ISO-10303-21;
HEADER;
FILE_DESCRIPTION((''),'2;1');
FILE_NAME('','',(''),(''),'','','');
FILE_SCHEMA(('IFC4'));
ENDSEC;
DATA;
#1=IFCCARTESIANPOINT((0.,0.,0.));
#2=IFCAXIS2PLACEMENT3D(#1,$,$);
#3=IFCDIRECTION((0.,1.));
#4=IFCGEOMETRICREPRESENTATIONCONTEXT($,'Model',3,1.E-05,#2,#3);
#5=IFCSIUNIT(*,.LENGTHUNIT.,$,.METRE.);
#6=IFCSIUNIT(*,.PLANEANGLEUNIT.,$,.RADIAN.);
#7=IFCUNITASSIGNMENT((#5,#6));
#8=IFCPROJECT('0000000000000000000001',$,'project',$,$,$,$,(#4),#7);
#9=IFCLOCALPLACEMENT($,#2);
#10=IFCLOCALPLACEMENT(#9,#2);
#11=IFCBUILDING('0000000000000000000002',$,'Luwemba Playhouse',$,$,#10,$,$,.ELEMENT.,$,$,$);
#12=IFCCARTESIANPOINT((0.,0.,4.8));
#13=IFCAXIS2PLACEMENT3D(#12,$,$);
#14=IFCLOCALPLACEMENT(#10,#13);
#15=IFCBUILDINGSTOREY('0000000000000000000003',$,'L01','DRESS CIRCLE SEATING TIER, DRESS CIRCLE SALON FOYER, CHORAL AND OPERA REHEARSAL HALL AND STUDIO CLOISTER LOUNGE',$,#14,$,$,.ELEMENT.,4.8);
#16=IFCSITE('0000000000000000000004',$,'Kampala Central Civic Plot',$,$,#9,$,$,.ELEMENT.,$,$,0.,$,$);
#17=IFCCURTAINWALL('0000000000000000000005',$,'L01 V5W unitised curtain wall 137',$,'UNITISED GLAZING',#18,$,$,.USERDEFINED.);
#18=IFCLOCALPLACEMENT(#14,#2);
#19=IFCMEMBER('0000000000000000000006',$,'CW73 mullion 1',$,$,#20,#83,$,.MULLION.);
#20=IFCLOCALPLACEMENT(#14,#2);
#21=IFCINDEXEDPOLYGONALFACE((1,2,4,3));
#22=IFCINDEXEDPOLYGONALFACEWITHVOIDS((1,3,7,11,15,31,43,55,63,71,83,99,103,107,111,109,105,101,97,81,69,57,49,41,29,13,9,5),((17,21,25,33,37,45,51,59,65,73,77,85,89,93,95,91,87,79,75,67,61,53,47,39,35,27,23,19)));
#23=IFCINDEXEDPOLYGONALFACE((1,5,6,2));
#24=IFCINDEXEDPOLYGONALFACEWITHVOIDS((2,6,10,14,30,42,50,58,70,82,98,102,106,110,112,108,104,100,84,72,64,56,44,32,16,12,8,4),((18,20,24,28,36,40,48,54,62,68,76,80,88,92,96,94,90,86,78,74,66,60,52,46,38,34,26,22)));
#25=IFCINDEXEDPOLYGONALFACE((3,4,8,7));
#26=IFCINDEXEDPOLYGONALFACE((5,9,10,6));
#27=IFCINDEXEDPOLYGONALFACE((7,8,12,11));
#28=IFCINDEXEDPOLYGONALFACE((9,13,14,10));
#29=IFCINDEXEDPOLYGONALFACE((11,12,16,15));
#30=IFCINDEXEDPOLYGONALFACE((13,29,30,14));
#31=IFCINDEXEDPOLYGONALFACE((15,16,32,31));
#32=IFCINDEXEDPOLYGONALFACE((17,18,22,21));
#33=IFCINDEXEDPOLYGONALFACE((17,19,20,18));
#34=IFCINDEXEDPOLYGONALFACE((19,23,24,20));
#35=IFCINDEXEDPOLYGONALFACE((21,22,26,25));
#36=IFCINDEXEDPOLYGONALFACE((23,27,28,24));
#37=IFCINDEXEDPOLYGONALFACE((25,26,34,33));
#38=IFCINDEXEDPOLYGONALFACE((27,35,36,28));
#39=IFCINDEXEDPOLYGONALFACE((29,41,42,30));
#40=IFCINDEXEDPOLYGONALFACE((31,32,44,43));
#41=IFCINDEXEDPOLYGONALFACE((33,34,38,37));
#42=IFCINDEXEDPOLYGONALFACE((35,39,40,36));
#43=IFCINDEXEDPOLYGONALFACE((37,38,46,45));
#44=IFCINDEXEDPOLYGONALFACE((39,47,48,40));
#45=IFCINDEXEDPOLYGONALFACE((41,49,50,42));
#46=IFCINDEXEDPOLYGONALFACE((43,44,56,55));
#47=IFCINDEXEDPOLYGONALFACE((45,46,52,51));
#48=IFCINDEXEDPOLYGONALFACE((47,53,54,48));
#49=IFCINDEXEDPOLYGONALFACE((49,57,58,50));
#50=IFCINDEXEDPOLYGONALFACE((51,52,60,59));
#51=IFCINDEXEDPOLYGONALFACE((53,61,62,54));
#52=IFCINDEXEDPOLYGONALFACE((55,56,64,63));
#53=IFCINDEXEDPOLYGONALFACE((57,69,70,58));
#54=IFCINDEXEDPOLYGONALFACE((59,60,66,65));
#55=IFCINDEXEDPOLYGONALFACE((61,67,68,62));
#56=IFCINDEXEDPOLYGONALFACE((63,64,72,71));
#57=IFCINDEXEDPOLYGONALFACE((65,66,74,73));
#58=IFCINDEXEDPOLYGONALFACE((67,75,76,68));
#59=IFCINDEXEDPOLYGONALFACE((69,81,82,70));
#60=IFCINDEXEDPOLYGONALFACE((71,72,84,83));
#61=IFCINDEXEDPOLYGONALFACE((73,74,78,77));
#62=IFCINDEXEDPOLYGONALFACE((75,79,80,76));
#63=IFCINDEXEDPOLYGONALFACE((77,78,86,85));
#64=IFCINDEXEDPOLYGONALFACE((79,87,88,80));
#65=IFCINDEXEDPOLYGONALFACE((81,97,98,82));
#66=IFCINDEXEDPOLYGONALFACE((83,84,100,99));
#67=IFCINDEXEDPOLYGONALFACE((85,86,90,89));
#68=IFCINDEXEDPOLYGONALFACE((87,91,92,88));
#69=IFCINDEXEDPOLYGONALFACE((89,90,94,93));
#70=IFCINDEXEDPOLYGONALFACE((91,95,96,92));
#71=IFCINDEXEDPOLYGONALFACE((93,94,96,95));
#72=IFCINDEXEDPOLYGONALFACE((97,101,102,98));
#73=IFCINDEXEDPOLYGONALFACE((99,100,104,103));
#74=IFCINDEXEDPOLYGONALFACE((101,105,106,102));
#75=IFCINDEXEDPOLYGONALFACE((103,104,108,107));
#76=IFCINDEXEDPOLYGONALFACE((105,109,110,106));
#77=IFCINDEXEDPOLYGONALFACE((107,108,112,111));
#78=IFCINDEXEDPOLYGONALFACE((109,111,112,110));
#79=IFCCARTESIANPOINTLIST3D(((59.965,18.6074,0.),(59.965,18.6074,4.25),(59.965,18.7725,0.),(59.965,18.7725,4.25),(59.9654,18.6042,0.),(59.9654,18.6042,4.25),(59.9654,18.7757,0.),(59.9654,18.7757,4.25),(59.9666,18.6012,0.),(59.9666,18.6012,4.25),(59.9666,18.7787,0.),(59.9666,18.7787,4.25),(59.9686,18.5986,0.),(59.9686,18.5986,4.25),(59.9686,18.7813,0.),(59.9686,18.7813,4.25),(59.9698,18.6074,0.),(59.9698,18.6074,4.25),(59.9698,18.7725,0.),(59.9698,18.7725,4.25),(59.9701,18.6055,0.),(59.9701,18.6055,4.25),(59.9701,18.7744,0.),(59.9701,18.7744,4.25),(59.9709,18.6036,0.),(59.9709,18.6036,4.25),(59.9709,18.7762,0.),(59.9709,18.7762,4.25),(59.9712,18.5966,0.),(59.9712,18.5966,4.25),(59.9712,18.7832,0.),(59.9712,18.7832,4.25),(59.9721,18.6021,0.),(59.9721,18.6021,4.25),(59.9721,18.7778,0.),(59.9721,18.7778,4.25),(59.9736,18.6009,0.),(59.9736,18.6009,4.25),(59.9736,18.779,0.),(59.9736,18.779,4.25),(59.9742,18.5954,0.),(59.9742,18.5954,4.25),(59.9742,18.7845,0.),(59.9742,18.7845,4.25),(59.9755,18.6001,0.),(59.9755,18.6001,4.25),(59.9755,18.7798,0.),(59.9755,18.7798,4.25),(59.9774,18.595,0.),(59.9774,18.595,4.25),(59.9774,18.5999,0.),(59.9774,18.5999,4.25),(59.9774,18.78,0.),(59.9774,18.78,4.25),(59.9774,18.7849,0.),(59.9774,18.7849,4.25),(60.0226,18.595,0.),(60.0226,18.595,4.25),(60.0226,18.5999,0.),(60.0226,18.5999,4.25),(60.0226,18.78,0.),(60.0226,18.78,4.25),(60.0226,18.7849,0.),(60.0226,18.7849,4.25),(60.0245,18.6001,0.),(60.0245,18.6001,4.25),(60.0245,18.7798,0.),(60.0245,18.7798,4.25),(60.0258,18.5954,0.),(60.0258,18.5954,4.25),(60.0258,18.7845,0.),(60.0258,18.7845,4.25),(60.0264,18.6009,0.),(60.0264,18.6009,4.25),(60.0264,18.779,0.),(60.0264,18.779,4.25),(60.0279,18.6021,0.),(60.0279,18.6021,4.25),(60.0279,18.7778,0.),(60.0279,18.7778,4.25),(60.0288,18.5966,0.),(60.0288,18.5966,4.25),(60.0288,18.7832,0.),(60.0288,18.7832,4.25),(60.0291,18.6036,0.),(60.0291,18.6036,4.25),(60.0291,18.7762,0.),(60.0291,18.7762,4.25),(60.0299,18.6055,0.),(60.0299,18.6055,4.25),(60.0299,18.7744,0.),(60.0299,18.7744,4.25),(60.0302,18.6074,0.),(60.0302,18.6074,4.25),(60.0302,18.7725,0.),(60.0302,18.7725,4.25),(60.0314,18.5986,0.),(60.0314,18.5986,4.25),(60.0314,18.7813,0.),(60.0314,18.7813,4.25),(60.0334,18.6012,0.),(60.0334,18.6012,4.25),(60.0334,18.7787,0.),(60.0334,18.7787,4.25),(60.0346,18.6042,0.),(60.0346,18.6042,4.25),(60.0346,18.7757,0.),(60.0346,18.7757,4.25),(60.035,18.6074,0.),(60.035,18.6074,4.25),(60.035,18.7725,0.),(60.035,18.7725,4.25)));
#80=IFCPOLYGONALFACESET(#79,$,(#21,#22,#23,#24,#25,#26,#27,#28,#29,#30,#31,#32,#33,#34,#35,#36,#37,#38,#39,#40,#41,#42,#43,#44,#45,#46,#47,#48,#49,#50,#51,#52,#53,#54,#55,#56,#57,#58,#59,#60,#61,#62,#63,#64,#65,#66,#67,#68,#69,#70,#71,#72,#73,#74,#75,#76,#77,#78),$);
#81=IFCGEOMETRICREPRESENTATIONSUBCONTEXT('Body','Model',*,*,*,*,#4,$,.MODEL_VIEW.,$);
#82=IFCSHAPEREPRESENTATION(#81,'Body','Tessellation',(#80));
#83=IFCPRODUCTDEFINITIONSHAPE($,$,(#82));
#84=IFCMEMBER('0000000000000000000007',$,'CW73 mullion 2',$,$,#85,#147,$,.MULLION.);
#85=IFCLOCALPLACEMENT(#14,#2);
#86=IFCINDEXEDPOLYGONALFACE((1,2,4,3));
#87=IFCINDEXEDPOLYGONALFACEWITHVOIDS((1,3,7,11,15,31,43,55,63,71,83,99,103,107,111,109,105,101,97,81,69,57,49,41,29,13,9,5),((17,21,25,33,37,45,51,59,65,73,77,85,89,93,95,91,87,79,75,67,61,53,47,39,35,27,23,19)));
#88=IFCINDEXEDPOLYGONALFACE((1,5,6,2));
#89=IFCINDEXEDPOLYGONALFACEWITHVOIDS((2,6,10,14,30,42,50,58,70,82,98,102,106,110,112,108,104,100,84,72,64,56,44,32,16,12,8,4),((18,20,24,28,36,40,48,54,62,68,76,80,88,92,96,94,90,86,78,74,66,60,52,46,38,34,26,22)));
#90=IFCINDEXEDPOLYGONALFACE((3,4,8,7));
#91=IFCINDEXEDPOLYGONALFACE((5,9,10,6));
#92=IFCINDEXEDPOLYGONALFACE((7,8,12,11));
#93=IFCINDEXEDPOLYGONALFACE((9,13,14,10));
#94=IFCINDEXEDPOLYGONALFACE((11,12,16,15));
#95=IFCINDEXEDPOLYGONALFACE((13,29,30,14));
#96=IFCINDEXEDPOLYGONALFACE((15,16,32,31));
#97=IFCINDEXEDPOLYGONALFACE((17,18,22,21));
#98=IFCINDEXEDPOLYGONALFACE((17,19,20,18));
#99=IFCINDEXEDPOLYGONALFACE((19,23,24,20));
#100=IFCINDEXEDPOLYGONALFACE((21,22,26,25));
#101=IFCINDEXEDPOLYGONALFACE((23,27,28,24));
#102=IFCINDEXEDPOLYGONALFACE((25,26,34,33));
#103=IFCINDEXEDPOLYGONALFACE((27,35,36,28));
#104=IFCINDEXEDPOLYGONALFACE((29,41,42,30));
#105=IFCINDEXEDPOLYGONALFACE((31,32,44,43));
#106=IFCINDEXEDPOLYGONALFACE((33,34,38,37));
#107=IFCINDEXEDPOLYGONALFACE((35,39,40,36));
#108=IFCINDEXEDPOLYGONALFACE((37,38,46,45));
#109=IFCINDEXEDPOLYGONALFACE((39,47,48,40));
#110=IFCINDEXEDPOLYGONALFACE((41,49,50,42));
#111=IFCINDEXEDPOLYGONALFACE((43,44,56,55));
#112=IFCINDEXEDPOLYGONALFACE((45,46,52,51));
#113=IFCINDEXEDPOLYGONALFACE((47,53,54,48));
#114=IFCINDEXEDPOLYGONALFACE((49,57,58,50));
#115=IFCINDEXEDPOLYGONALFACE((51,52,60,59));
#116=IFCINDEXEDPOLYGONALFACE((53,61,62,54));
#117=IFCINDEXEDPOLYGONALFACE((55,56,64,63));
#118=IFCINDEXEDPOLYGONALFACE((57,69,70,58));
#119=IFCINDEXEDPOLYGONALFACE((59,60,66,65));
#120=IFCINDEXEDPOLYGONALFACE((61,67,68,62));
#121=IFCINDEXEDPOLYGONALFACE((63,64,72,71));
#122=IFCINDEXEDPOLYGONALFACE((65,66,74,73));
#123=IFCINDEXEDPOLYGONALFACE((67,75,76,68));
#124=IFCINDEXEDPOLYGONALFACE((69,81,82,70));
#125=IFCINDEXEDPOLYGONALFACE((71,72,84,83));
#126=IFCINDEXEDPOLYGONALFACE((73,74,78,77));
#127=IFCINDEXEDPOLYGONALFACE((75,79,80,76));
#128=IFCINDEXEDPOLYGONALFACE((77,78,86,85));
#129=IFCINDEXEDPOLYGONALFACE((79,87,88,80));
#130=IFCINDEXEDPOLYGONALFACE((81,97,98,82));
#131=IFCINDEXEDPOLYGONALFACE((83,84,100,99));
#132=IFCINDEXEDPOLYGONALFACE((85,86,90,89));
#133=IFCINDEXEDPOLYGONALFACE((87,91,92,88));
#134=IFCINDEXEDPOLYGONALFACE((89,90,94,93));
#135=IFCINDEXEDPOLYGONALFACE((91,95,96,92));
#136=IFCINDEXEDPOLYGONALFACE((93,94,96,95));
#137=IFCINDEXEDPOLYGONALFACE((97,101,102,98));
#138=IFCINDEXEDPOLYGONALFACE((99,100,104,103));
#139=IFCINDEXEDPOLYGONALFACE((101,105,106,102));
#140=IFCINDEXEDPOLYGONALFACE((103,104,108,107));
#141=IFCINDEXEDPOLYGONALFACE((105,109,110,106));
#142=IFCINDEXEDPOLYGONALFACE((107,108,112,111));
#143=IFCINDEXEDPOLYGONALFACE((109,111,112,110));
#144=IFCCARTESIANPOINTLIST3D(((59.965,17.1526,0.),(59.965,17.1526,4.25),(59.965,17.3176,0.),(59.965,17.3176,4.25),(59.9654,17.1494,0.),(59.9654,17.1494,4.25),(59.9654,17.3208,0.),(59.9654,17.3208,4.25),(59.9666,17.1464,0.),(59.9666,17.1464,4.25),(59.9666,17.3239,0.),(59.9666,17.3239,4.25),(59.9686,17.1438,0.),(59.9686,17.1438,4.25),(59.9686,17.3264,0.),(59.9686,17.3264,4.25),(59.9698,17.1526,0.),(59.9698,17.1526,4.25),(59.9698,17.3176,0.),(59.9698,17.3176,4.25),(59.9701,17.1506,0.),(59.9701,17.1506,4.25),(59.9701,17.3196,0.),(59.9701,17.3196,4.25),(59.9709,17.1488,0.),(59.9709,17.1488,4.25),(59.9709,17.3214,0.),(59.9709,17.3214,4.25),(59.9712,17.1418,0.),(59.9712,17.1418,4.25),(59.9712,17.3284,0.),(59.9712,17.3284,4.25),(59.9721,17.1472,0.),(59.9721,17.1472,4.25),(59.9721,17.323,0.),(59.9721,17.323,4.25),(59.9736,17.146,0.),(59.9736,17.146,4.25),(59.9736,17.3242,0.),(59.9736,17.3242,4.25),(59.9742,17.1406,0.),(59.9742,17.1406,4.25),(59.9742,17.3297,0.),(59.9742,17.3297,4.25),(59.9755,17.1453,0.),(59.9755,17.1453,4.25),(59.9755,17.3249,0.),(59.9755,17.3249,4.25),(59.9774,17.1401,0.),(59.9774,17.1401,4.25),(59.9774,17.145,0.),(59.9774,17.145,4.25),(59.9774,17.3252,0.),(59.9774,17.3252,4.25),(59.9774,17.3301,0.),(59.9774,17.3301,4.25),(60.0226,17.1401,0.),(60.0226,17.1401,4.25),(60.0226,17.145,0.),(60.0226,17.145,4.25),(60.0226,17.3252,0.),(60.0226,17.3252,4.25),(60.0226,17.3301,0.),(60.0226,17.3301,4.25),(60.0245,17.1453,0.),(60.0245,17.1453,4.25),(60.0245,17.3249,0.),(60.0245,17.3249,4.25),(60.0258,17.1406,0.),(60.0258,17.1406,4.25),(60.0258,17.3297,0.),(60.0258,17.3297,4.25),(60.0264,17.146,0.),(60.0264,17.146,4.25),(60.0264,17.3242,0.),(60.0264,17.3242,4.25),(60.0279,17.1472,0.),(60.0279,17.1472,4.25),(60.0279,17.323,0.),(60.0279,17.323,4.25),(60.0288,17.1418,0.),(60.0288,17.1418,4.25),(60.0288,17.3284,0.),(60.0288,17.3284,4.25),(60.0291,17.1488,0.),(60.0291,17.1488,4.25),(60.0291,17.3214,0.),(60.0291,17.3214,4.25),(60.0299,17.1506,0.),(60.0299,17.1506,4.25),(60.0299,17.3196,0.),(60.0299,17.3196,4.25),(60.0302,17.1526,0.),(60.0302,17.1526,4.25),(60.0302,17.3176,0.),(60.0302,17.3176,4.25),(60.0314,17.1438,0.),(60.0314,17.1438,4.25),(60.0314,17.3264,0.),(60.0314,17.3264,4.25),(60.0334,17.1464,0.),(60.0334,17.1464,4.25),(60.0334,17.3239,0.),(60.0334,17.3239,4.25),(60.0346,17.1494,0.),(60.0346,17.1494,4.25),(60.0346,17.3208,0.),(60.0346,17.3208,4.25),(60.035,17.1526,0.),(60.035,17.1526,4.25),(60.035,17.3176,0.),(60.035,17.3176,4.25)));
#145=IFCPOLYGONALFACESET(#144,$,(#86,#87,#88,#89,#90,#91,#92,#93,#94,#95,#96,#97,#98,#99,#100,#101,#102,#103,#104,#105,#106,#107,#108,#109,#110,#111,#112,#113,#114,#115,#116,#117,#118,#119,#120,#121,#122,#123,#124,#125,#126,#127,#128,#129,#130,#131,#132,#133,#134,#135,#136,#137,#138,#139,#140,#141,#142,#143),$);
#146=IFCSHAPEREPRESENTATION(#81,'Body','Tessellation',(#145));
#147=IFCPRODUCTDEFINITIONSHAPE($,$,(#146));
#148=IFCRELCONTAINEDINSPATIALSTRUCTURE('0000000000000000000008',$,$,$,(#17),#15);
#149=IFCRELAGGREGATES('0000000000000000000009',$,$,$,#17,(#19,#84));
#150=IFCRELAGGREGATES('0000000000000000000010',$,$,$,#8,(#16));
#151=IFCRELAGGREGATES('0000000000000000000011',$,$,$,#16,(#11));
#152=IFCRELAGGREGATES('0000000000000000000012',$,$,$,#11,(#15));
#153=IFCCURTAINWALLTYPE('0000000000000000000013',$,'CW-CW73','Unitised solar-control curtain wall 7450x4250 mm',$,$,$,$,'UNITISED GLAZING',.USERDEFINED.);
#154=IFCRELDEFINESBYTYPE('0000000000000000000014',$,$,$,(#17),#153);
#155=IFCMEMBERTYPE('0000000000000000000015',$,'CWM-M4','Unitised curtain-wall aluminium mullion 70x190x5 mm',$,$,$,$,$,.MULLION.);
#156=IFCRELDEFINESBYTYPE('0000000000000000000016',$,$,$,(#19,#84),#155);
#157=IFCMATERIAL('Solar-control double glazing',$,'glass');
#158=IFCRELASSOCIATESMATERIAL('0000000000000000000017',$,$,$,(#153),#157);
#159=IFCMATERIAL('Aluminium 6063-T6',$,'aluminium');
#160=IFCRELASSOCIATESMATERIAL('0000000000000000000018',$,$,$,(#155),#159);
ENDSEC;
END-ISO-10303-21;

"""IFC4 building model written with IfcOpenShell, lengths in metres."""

from ifc_helpers import new_model, si_unit, direction, frame, origin, origin_2d, place, context, subcontext, project, spatial, hollow_rectangle, extrude, material, material_profile, profile_set, type_object, element, aggregate, save


model = new_model("IFC4")

# Units and contexts
model_context = context("Model", 3, precision=1e-05, world=origin(), true_north=direction((0.0, 1.0)))
body_context = subcontext(model_context, "Body", "Model", "MODEL_VIEW")
ifc_project = project(units=[si_unit("LENGTHUNIT", "METRE"), si_unit("PLANEANGLEUNIT", "RADIAN")], contexts=[model_context])

# Site, building, storey
site_placement = place(None, origin())
site = spatial("IfcSite", under=ifc_project, at=site_placement, Name="Kampala Central Civic Plot", CompositionType="ELEMENT", RefElevation=0.0)
building_placement = place(site_placement, origin())
building = spatial("IfcBuilding", under=site, at=building_placement, Name="Luwemba Playhouse", CompositionType="ELEMENT")
storey_placement = place(building_placement, frame((0.0, 0.0, 4.8)))
storey = spatial("IfcBuildingStorey", under=building, at=storey_placement, Name="L01", Description="DRESS CIRCLE SEATING TIER, DRESS CIRCLE SALON FOYER, CHORAL AND OPERA REHEARSAL HALL AND STUDIO CLOISTER LOUNGE", CompositionType="ELEMENT", Elevation=4.8)

# Curtain wall, members
ifc_material_1 = material(Name="Solar-control double glazing", Category="glass")
ifc_material_2 = material(Name="Aluminium 6063-T6", Category="aluminium")
curtain_wall_type_1 = type_object("IfcCurtainWallType", Name="CW-CW73", Description="Unitised solar-control curtain wall 7450x4250 mm", ElementType="UNITISED GLAZING", PredefinedType="USERDEFINED", material=ifc_material_1)
curtain_wall_1_placement = place(storey_placement, origin())
curtain_wall_1 = element("IfcCurtainWall", 1, at=curtain_wall_1_placement, inside=storey, type_object=curtain_wall_type_1, Name="L01 V5W unitised curtain wall 137", ObjectType="UNITISED GLAZING", PredefinedType="USERDEFINED")
ifc_material_profile_1 = material_profile(ifc_material_2, hollow_rectangle(XDim=0.0701, YDim=0.1899, WallThickness=0.0049, InnerFilletRadius=0.0076, OuterFilletRadius=0.0125, at=origin_2d()))
ifc_profile_set_1 = profile_set([ifc_material_profile_1], Name="Aluminium 6063-T6")
member_type_1 = type_object("IfcMemberType", Name="CWM-M4", Description="Unitised curtain-wall aluminium mullion 70x190x5 mm", PredefinedType="MULLION", material=ifc_profile_set_1)
member_1_placement = place(storey_placement, frame((60.0, 18.6899, 0.0), z_axis=(0.0, 0.0, 1.0), x_axis=(1.0, 0.0, 0.0)))
member_1 = element("IfcMember", 2, at=member_1_placement, type_object=member_type_1, Name="CW73 mullion 1", PredefinedType="MULLION", context=body_context, shape_type="SweptSolid", body=[
    extrude(hollow_rectangle(XDim=0.0701, YDim=0.1899, WallThickness=0.0049, InnerFilletRadius=0.0076, OuterFilletRadius=0.0125, at=origin_2d()), origin(), (0.0, 0.0, 1.0), 4.25),
])
member_2_placement = place(storey_placement, frame((60.0, 17.2351, 0.0), z_axis=(0.0, 0.0, 1.0), x_axis=(1.0, 0.0, 0.0)))
member_2 = element("IfcMember", 3, at=member_2_placement, type_object=member_type_1, Name="CW73 mullion 2", PredefinedType="MULLION", context=body_context, shape_type="SweptSolid", body=[
    extrude(hollow_rectangle(XDim=0.0701, YDim=0.1899, WallThickness=0.0049, InnerFilletRadius=0.0076, OuterFilletRadius=0.0125, at=origin_2d()), origin(), (0.0, 0.0, 1.0), 4.25),
])

aggregate(curtain_wall_1, [member_1, member_2])

save(model, "model.ifc")
